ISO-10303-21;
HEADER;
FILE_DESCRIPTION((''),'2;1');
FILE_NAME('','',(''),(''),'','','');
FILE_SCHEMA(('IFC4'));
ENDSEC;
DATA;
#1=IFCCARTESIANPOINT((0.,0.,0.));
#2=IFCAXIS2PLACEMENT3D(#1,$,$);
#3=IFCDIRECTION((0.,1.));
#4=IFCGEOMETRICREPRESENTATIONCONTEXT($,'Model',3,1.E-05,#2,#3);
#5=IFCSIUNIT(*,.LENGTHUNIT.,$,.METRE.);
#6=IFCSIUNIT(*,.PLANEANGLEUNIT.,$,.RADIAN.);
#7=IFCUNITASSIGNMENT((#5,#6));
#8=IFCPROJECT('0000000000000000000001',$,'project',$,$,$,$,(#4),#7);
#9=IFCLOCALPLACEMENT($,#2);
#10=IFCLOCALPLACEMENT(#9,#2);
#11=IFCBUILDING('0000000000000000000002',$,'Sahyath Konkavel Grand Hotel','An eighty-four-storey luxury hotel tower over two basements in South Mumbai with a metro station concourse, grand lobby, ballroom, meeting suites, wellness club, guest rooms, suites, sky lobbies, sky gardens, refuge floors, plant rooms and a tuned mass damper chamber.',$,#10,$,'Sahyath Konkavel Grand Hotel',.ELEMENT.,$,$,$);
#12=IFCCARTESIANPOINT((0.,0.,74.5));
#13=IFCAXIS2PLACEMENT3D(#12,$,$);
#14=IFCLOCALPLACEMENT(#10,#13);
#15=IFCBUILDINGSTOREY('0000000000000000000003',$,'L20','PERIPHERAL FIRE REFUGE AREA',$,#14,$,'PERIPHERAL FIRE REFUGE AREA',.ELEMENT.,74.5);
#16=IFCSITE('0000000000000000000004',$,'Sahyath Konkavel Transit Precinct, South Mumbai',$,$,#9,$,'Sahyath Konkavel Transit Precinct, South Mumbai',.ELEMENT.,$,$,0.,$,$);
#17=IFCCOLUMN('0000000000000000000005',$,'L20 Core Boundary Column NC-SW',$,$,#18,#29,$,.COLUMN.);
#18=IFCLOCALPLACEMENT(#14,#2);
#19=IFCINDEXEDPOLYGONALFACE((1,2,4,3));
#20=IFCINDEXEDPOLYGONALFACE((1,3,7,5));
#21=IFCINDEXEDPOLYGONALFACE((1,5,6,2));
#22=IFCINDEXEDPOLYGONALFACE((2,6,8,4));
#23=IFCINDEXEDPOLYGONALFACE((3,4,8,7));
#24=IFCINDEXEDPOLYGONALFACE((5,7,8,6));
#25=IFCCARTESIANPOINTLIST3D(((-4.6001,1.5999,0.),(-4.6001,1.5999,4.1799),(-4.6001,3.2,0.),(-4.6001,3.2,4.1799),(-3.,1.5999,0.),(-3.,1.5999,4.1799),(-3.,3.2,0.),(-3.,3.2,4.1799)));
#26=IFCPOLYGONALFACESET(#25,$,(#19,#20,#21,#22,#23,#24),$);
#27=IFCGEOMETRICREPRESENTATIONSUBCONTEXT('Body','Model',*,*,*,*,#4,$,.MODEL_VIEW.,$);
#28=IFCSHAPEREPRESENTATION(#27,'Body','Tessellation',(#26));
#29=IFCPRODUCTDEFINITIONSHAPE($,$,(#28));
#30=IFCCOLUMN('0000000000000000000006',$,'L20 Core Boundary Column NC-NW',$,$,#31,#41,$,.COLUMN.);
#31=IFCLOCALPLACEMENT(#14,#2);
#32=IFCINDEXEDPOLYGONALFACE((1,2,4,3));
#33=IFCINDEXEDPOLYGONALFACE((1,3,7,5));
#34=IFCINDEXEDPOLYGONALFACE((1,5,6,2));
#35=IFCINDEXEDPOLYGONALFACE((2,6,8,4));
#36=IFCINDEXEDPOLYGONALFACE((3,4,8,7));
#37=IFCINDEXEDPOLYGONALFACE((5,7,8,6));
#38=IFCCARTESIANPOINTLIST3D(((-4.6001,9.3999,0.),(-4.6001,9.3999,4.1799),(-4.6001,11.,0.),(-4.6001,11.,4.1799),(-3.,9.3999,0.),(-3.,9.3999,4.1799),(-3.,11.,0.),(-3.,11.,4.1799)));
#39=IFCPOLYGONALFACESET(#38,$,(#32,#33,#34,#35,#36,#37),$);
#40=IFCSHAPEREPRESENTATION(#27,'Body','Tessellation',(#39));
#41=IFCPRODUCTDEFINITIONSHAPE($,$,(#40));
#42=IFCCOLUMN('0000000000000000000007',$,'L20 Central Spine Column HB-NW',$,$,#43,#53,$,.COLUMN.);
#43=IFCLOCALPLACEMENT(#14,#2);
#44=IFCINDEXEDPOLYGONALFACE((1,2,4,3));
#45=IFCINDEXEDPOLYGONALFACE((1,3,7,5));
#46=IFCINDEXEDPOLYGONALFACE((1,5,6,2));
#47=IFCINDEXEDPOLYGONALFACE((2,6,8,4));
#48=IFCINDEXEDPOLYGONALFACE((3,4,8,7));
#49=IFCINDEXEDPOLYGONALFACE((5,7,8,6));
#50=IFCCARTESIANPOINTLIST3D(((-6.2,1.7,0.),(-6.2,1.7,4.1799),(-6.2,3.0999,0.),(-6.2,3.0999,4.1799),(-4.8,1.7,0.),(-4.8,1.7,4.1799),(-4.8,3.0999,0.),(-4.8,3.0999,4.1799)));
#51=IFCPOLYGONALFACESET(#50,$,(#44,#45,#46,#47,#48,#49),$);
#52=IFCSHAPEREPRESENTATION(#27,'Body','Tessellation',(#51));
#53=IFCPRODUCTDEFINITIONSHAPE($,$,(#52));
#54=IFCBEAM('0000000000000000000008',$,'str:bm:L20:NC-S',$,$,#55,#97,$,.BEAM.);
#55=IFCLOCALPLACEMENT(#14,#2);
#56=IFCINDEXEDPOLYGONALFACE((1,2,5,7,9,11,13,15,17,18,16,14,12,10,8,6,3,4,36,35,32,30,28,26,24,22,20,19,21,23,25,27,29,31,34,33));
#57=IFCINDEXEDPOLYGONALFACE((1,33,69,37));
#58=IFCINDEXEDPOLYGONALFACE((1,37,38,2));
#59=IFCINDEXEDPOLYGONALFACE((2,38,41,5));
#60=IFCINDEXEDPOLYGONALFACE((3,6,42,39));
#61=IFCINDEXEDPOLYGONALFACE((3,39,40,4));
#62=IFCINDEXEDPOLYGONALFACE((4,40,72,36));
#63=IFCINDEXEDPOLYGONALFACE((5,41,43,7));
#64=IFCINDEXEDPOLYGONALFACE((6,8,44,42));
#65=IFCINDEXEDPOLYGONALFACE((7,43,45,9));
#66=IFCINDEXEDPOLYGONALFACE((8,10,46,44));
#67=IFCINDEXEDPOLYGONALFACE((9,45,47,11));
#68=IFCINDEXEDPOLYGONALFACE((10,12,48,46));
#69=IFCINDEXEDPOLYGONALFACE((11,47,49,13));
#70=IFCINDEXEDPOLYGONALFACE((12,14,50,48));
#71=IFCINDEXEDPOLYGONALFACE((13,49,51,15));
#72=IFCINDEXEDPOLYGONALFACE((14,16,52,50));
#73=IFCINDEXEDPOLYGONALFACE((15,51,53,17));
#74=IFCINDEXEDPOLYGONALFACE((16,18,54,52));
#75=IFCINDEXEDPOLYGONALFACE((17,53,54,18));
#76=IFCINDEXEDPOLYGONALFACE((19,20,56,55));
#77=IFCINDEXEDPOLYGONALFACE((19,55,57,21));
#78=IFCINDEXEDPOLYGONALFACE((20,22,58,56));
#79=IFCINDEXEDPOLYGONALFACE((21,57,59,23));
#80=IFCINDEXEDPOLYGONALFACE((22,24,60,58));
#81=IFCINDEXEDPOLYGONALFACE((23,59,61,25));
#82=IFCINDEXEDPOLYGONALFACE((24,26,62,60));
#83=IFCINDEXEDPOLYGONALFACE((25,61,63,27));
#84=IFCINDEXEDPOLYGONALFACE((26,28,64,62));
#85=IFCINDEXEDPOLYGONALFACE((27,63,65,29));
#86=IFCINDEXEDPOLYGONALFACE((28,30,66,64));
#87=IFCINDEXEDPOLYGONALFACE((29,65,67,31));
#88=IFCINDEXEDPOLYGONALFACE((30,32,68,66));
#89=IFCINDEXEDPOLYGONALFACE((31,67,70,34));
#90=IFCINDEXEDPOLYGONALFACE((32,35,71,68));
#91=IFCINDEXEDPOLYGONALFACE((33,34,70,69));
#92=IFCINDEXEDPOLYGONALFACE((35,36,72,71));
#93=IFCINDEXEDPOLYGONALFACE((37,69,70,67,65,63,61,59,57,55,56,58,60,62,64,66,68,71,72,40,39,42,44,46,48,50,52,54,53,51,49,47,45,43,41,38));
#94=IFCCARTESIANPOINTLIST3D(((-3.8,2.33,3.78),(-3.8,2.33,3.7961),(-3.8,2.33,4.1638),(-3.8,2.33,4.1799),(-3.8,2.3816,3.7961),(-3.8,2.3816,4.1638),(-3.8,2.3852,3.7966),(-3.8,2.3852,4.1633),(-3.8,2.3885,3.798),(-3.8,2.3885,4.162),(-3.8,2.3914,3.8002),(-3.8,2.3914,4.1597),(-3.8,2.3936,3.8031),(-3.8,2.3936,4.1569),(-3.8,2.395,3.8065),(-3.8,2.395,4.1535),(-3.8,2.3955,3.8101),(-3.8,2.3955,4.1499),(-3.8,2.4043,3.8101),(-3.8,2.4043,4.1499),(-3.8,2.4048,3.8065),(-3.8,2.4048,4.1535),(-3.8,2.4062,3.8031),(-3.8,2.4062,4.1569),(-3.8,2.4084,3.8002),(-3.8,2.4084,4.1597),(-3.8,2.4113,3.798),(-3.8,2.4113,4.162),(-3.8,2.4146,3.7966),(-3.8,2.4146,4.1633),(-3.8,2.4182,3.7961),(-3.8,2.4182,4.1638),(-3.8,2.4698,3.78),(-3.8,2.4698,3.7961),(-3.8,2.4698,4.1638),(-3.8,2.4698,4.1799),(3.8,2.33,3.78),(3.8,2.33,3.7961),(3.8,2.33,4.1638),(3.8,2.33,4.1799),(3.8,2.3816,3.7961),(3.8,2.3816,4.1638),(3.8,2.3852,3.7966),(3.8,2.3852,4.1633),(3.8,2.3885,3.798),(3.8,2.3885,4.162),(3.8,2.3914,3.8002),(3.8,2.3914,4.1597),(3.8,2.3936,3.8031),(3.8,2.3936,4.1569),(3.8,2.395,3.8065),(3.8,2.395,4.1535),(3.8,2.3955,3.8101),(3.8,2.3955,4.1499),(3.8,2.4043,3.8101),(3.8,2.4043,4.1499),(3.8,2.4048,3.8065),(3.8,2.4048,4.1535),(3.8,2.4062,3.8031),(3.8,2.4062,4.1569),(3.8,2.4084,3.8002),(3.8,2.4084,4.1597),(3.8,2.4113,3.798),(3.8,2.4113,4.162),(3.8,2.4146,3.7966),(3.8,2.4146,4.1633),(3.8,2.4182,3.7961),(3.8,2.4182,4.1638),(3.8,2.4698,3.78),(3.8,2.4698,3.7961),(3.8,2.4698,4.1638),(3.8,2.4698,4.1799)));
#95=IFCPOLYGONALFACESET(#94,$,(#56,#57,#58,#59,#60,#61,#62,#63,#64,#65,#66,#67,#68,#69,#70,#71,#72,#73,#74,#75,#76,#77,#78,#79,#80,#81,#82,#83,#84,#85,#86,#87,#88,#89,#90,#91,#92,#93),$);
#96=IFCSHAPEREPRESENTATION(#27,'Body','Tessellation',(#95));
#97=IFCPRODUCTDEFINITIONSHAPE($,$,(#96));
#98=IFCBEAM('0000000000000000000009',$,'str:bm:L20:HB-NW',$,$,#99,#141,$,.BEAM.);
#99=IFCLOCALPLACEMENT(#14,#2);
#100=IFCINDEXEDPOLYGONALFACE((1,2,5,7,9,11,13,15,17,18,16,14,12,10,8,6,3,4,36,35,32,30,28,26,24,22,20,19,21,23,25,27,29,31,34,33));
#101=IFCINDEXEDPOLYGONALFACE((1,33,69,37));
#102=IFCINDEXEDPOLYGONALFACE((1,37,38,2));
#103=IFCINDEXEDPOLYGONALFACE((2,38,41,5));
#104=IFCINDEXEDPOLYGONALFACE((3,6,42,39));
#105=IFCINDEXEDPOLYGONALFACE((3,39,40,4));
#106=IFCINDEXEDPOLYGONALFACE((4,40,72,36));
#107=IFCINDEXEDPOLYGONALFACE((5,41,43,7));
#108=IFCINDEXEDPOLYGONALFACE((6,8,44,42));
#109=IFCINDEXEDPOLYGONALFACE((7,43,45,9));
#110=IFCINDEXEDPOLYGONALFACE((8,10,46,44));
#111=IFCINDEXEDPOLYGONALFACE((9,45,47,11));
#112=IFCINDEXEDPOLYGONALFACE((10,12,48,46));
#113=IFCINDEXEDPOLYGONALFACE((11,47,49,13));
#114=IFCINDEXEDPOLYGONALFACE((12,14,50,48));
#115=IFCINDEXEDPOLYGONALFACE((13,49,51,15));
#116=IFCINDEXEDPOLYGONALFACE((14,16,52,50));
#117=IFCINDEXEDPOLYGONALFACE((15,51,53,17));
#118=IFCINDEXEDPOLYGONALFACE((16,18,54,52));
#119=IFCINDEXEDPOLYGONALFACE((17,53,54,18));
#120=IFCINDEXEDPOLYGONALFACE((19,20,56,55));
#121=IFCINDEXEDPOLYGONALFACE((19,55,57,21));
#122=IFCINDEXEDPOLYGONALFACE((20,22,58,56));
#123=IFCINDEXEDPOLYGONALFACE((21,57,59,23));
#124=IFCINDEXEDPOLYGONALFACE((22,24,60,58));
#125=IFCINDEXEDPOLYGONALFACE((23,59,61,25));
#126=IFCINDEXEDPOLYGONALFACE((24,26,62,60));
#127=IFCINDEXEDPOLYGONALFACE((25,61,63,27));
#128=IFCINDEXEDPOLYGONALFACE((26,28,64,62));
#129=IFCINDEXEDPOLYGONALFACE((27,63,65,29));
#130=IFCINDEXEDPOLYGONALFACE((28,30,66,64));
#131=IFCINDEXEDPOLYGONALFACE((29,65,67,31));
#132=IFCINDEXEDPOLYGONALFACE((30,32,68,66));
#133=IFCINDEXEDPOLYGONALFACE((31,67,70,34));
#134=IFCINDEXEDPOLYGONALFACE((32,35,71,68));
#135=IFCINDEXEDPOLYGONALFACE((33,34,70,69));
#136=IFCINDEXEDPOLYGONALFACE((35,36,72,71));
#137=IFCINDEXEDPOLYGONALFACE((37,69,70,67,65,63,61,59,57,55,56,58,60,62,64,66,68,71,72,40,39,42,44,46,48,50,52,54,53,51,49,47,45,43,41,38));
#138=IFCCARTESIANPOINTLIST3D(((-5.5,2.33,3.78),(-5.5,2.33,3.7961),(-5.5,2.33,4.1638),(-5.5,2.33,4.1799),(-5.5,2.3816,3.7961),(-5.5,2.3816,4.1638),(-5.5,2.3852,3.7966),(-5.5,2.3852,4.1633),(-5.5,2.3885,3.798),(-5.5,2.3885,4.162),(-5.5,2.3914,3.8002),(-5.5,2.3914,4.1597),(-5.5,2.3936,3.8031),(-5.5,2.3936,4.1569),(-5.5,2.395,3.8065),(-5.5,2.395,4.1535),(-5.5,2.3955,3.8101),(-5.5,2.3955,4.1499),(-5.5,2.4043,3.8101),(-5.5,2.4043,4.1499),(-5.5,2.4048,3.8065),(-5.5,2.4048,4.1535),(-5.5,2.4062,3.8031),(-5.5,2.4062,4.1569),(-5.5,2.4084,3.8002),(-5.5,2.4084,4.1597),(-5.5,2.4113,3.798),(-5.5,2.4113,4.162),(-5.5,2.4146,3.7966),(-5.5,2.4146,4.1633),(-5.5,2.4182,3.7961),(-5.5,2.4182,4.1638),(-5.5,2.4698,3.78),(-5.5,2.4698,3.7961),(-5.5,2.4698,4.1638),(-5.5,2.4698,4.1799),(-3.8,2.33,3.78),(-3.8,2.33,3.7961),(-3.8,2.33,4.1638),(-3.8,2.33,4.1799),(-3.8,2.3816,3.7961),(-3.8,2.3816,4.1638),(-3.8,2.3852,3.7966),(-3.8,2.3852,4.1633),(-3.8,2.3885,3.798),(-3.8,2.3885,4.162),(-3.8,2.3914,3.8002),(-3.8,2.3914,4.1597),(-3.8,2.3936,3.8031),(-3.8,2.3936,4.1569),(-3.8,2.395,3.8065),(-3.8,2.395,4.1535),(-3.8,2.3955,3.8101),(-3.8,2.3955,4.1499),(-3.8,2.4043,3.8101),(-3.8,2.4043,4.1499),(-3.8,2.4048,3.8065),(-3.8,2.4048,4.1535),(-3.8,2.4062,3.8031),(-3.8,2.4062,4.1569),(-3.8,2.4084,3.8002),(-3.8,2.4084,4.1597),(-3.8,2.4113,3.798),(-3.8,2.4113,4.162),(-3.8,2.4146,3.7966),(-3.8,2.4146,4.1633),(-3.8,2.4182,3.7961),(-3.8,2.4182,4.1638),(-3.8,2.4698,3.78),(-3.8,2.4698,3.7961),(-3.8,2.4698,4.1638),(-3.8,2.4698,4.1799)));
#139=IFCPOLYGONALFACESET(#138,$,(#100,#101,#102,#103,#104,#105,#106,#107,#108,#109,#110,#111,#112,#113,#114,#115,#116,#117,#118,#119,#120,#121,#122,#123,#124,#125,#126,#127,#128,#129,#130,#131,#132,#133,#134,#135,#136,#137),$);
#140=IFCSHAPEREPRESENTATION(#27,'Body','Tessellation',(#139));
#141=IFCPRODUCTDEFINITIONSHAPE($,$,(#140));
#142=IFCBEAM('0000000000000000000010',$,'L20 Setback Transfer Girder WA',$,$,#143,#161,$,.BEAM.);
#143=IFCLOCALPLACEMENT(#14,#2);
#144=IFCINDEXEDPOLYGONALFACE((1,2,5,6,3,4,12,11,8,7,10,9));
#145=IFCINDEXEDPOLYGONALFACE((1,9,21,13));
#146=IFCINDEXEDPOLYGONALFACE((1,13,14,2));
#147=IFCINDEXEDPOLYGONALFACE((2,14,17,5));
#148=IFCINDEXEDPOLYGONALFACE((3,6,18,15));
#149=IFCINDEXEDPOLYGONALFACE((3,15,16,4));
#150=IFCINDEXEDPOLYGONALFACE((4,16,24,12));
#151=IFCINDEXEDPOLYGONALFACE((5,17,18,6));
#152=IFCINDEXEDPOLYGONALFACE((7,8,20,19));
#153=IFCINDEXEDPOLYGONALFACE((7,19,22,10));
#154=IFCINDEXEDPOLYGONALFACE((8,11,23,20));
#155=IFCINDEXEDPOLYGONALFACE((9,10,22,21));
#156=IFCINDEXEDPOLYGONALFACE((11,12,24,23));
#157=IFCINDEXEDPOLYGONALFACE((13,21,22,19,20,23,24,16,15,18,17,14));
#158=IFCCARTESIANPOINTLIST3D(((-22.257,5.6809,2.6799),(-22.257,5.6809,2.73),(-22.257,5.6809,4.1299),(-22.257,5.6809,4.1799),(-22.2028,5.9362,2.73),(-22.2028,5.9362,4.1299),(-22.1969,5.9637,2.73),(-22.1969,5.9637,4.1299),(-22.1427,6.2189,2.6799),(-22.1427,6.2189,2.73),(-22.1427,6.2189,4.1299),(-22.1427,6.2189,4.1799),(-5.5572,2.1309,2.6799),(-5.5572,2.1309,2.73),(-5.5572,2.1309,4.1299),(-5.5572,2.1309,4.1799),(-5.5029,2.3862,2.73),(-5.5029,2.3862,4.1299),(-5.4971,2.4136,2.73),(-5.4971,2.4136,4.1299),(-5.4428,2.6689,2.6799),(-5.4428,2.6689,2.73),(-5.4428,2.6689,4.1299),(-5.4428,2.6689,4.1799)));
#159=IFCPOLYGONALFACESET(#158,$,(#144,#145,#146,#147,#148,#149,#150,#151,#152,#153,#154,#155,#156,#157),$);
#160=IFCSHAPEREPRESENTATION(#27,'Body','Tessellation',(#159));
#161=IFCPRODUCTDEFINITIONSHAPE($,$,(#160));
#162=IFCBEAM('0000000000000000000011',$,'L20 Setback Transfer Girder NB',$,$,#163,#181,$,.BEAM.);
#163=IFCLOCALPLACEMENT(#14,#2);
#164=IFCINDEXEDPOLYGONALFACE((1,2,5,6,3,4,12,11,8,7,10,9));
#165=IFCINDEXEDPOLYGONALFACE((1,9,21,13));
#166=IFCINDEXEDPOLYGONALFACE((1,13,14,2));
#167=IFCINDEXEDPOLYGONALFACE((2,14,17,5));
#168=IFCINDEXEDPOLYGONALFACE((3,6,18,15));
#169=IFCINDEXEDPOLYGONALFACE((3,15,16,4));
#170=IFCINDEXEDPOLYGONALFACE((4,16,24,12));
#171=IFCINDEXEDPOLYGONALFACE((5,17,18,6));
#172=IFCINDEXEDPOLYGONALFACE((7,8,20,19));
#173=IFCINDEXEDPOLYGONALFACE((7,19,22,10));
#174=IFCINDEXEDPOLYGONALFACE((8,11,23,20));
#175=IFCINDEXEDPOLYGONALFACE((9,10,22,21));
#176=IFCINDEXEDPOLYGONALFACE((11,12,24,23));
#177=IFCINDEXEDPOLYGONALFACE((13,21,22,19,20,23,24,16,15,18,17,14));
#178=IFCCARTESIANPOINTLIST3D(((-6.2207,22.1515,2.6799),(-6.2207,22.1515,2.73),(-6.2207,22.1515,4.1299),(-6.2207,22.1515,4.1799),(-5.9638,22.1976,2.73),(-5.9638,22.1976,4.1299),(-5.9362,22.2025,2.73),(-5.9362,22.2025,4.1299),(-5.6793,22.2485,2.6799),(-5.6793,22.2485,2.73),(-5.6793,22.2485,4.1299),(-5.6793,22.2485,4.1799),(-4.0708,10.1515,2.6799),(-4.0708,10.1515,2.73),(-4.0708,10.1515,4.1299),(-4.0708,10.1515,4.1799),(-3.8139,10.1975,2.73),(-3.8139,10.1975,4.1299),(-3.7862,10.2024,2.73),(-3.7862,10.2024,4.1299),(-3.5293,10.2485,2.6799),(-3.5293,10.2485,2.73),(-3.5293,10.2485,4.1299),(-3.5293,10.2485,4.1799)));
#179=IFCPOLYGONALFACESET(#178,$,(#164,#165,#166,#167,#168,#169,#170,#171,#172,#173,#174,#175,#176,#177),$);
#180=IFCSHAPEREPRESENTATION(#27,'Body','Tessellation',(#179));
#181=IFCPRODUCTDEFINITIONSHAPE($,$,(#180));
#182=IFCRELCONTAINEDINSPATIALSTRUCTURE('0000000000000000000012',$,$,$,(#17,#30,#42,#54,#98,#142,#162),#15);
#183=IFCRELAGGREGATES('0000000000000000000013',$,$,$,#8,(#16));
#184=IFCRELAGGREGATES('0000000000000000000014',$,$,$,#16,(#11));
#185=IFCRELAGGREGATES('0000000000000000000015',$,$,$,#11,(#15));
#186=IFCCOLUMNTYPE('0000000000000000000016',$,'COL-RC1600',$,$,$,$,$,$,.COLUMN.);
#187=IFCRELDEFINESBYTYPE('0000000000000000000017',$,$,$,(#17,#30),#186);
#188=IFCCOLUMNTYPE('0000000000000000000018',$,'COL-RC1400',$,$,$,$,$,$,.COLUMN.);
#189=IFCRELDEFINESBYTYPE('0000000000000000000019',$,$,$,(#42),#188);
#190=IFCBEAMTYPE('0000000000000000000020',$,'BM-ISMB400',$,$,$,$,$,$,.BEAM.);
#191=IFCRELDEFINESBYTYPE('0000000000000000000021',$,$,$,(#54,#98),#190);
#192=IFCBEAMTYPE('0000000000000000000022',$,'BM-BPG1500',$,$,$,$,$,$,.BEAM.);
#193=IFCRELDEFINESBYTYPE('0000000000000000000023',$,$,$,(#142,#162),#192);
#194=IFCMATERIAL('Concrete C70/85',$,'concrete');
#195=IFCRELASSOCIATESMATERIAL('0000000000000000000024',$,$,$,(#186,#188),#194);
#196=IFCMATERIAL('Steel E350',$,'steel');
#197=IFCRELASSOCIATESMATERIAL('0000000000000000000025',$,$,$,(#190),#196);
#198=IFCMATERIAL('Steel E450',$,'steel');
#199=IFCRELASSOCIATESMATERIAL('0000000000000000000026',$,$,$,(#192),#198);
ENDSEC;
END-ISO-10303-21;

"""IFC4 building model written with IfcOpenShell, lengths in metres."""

from ifc_helpers import new_model, si_unit, direction, frame, origin, origin_2d, place, context, subcontext, project, spatial, rectangle, i_section, extrude, source, transform, mapped, material, material_profile, profile_set, type_object, element, save


model = new_model("IFC4")

# Units and contexts
model_context = context("Model", 3, precision=1e-05, world=origin(), true_north=direction((0.0, 1.0)))
body_context = subcontext(model_context, "Body", "Model", "MODEL_VIEW")
ifc_project = project(units=[si_unit("LENGTHUNIT", "METRE"), si_unit("PLANEANGLEUNIT", "RADIAN")], contexts=[model_context])

# Site, building, storey
site_placement = place(None, origin())
site = spatial("IfcSite", under=ifc_project, at=site_placement, Name="Sahyath Konkavel Transit Precinct, South Mumbai", LongName="Sahyath Konkavel Transit Precinct, South Mumbai", CompositionType="ELEMENT", RefElevation=0.0)
building_placement = place(site_placement, origin())
building = spatial("IfcBuilding", under=site, at=building_placement, Name="Sahyath Konkavel Grand Hotel", Description="An eighty-four-storey luxury hotel tower over two basements in South Mumbai with a metro station concourse, grand lobby, ballroom, meeting suites, wellness club, guest rooms, suites, sky lobbies, sky gardens, refuge floors, plant rooms and a tuned mass damper chamber.", LongName="Sahyath Konkavel Grand Hotel", CompositionType="ELEMENT")
storey_placement = place(building_placement, frame((0.0, 0.0, 74.5)))
storey = spatial("IfcBuildingStorey", under=building, at=storey_placement, Name="L20", Description="PERIPHERAL FIRE REFUGE AREA", LongName="PERIPHERAL FIRE REFUGE AREA", CompositionType="ELEMENT", Elevation=74.5)

# Columns
ifc_material_1 = material(Name="Concrete C70/85", Category="concrete")
ifc_material_profile_1 = material_profile(ifc_material_1, rectangle(XDim=1.6001, YDim=1.6001, at=origin_2d()), Name="RC 1600x1600")
ifc_profile_set_1 = profile_set([ifc_material_profile_1], Name="Concrete C70/85")
column_type_1 = type_object("IfcColumnType", Name="COL-RC1600", PredefinedType="COLUMN", material=ifc_profile_set_1)
shared_shape_1 = source(origin(), body_context, "Body", "SweptSolid", [
    extrude(rectangle(XDim=1.6001, YDim=1.6001, at=origin_2d()), origin(), (0.0, 0.0, 1.0), 4.1799),
])
for number, where, z_axis, x_axis, name in (
    (1, (-3.8, 2.3999, 0.0), (0.0, 0.0, 1.0), (1.0, 0.0, 0.0), "L20 Core Boundary Column NC-SW"),
    (2, (-3.8, 10.2, 0.0), (0.0, 0.0, 1.0), (1.0, 0.0, 0.0), "L20 Core Boundary Column NC-NW"),
):
    element("IfcColumn", number, at=place(storey_placement, frame(where, z_axis=z_axis, x_axis=x_axis)), inside=storey, type_object=column_type_1, Name=name, PredefinedType="COLUMN", context=body_context, shape_type="MappedRepresentation", body=[
        mapped(shared_shape_1, transform((0.0, 0.0, 0.0), scale=1.0)),
    ])
ifc_material_profile_2 = material_profile(ifc_material_1, rectangle(XDim=1.3999, YDim=1.3999, at=origin_2d()), Name="RC 1400x1400")
ifc_profile_set_2 = profile_set([ifc_material_profile_2], Name="Concrete C70/85")
column_type_2 = type_object("IfcColumnType", Name="COL-RC1400", PredefinedType="COLUMN", material=ifc_profile_set_2)
shared_shape_2 = source(origin(), body_context, "Body", "SweptSolid", [
    extrude(rectangle(XDim=1.3999, YDim=1.3999, at=origin_2d()), origin(), (0.0, 0.0, 1.0), 4.1799),
])
column_placement = place(storey_placement, frame((-5.5, 2.3999, 0.0), z_axis=(0.0, 0.0, 1.0), x_axis=(1.0, 0.0, 0.0)))
element("IfcColumn", 3, at=column_placement, inside=storey, type_object=column_type_2, Name="L20 Central Spine Column HB-NW", PredefinedType="COLUMN", context=body_context, shape_type="MappedRepresentation", body=[
    mapped(shared_shape_2, transform((0.0, 0.0, 0.0), scale=1.0)),
])

# Beams
ifc_material_2 = material(Name="Steel E350", Category="steel")
ifc_material_profile_3 = material_profile(ifc_material_2, i_section(OverallWidth=0.1399, OverallDepth=0.3999, WebThickness=0.0088, FlangeThickness=0.0161, FilletRadius=0.0139, at=origin_2d()), Name="ISMB 400")
ifc_profile_set_3 = profile_set([ifc_material_profile_3], Name="Steel E350")
beam_type_1 = type_object("IfcBeamType", Name="BM-ISMB400", PredefinedType="BEAM", material=ifc_profile_set_3)
shared_shape_3 = source(origin(), body_context, "Body", "SweptSolid", [
    extrude(i_section(OverallWidth=0.1399, OverallDepth=0.3999, WebThickness=0.0088, FlangeThickness=0.0161, FilletRadius=0.0139, at=origin_2d()), origin(), (0.0, 0.0, 1.0), 7.6001),
])
beam_1_placement = place(storey_placement, frame((-3.8, 2.3999, 3.98), z_axis=(1.0, 0.0, 0.0), x_axis=(0.0, 1.0, 0.0)))
element("IfcBeam", 4, at=beam_1_placement, inside=storey, type_object=beam_type_1, Name="str:bm:L20:NC-S", PredefinedType="BEAM", context=body_context, shape_type="MappedRepresentation", body=[
    mapped(shared_shape_3, transform((0.0, 0.0, 0.0), scale=1.0)),
])
shared_shape_4 = source(origin(), body_context, "Body", "SweptSolid", [
    extrude(i_section(OverallWidth=0.1399, OverallDepth=0.3999, WebThickness=0.0088, FlangeThickness=0.0161, FilletRadius=0.0139, at=origin_2d()), origin(), (0.0, 0.0, 1.0), 1.7),
])
beam_2_placement = place(storey_placement, frame((-5.5, 2.3999, 3.98), z_axis=(1.0, 0.0, 0.0), x_axis=(0.0, 1.0, 0.0)))
element("IfcBeam", 5, at=beam_2_placement, inside=storey, type_object=beam_type_1, Name="str:bm:L20:HB-NW", PredefinedType="BEAM", context=body_context, shape_type="MappedRepresentation", body=[
    mapped(shared_shape_4, transform((0.0, 0.0, 0.0), scale=1.0)),
])
ifc_material_3 = material(Name="Steel E450", Category="steel")
ifc_material_profile_4 = material_profile(ifc_material_3, i_section(OverallWidth=0.55, OverallDepth=1.5, WebThickness=0.0281, FlangeThickness=0.05, at=origin_2d()), Name="BPG 1500x550")
ifc_profile_set_4 = profile_set([ifc_material_profile_4], Name="Steel E450")
beam_type_2 = type_object("IfcBeamType", Name="BM-BPG1500", PredefinedType="BEAM", material=ifc_profile_set_4)
shared_shape_5 = source(origin(), body_context, "Body", "SweptSolid", [
    extrude(i_section(OverallWidth=0.55, OverallDepth=1.5, WebThickness=0.0281, FlangeThickness=0.05, at=origin_2d()), origin(), (0.0, 0.0, 1.0), 17.073),
])
beam_3_placement = place(storey_placement, frame((-5.5, 2.3999, 3.4299), z_axis=(-0.978143, 0.207932, 0.0), x_axis=(-0.207932, -0.978143, 0.0)))
element("IfcBeam", 6, at=beam_3_placement, inside=storey, type_object=beam_type_2, Name="L20 Setback Transfer Girder WA", PredefinedType="BEAM", context=body_context, shape_type="MappedRepresentation", body=[
    mapped(shared_shape_5, transform((0.0, 0.0, 0.0), scale=1.0)),
])
shared_shape_6 = source(origin(), body_context, "Body", "SweptSolid", [
    extrude(i_section(OverallWidth=0.55, OverallDepth=1.5, WebThickness=0.0281, FlangeThickness=0.05, at=origin_2d()), origin(), (0.0, 0.0, 1.0), 12.1912),
])
beam_4_placement = place(storey_placement, frame((-3.8, 10.2, 3.4299), z_axis=(-0.176351, 0.984327, 0.0), x_axis=(-0.984327, -0.176351, 0.0)))
element("IfcBeam", 7, at=beam_4_placement, inside=storey, type_object=beam_type_2, Name="L20 Setback Transfer Girder NB", PredefinedType="BEAM", context=body_context, shape_type="MappedRepresentation", body=[
    mapped(shared_shape_6, transform((0.0, 0.0, 0.0), scale=1.0)),
])

save(model, "model.ifc")
